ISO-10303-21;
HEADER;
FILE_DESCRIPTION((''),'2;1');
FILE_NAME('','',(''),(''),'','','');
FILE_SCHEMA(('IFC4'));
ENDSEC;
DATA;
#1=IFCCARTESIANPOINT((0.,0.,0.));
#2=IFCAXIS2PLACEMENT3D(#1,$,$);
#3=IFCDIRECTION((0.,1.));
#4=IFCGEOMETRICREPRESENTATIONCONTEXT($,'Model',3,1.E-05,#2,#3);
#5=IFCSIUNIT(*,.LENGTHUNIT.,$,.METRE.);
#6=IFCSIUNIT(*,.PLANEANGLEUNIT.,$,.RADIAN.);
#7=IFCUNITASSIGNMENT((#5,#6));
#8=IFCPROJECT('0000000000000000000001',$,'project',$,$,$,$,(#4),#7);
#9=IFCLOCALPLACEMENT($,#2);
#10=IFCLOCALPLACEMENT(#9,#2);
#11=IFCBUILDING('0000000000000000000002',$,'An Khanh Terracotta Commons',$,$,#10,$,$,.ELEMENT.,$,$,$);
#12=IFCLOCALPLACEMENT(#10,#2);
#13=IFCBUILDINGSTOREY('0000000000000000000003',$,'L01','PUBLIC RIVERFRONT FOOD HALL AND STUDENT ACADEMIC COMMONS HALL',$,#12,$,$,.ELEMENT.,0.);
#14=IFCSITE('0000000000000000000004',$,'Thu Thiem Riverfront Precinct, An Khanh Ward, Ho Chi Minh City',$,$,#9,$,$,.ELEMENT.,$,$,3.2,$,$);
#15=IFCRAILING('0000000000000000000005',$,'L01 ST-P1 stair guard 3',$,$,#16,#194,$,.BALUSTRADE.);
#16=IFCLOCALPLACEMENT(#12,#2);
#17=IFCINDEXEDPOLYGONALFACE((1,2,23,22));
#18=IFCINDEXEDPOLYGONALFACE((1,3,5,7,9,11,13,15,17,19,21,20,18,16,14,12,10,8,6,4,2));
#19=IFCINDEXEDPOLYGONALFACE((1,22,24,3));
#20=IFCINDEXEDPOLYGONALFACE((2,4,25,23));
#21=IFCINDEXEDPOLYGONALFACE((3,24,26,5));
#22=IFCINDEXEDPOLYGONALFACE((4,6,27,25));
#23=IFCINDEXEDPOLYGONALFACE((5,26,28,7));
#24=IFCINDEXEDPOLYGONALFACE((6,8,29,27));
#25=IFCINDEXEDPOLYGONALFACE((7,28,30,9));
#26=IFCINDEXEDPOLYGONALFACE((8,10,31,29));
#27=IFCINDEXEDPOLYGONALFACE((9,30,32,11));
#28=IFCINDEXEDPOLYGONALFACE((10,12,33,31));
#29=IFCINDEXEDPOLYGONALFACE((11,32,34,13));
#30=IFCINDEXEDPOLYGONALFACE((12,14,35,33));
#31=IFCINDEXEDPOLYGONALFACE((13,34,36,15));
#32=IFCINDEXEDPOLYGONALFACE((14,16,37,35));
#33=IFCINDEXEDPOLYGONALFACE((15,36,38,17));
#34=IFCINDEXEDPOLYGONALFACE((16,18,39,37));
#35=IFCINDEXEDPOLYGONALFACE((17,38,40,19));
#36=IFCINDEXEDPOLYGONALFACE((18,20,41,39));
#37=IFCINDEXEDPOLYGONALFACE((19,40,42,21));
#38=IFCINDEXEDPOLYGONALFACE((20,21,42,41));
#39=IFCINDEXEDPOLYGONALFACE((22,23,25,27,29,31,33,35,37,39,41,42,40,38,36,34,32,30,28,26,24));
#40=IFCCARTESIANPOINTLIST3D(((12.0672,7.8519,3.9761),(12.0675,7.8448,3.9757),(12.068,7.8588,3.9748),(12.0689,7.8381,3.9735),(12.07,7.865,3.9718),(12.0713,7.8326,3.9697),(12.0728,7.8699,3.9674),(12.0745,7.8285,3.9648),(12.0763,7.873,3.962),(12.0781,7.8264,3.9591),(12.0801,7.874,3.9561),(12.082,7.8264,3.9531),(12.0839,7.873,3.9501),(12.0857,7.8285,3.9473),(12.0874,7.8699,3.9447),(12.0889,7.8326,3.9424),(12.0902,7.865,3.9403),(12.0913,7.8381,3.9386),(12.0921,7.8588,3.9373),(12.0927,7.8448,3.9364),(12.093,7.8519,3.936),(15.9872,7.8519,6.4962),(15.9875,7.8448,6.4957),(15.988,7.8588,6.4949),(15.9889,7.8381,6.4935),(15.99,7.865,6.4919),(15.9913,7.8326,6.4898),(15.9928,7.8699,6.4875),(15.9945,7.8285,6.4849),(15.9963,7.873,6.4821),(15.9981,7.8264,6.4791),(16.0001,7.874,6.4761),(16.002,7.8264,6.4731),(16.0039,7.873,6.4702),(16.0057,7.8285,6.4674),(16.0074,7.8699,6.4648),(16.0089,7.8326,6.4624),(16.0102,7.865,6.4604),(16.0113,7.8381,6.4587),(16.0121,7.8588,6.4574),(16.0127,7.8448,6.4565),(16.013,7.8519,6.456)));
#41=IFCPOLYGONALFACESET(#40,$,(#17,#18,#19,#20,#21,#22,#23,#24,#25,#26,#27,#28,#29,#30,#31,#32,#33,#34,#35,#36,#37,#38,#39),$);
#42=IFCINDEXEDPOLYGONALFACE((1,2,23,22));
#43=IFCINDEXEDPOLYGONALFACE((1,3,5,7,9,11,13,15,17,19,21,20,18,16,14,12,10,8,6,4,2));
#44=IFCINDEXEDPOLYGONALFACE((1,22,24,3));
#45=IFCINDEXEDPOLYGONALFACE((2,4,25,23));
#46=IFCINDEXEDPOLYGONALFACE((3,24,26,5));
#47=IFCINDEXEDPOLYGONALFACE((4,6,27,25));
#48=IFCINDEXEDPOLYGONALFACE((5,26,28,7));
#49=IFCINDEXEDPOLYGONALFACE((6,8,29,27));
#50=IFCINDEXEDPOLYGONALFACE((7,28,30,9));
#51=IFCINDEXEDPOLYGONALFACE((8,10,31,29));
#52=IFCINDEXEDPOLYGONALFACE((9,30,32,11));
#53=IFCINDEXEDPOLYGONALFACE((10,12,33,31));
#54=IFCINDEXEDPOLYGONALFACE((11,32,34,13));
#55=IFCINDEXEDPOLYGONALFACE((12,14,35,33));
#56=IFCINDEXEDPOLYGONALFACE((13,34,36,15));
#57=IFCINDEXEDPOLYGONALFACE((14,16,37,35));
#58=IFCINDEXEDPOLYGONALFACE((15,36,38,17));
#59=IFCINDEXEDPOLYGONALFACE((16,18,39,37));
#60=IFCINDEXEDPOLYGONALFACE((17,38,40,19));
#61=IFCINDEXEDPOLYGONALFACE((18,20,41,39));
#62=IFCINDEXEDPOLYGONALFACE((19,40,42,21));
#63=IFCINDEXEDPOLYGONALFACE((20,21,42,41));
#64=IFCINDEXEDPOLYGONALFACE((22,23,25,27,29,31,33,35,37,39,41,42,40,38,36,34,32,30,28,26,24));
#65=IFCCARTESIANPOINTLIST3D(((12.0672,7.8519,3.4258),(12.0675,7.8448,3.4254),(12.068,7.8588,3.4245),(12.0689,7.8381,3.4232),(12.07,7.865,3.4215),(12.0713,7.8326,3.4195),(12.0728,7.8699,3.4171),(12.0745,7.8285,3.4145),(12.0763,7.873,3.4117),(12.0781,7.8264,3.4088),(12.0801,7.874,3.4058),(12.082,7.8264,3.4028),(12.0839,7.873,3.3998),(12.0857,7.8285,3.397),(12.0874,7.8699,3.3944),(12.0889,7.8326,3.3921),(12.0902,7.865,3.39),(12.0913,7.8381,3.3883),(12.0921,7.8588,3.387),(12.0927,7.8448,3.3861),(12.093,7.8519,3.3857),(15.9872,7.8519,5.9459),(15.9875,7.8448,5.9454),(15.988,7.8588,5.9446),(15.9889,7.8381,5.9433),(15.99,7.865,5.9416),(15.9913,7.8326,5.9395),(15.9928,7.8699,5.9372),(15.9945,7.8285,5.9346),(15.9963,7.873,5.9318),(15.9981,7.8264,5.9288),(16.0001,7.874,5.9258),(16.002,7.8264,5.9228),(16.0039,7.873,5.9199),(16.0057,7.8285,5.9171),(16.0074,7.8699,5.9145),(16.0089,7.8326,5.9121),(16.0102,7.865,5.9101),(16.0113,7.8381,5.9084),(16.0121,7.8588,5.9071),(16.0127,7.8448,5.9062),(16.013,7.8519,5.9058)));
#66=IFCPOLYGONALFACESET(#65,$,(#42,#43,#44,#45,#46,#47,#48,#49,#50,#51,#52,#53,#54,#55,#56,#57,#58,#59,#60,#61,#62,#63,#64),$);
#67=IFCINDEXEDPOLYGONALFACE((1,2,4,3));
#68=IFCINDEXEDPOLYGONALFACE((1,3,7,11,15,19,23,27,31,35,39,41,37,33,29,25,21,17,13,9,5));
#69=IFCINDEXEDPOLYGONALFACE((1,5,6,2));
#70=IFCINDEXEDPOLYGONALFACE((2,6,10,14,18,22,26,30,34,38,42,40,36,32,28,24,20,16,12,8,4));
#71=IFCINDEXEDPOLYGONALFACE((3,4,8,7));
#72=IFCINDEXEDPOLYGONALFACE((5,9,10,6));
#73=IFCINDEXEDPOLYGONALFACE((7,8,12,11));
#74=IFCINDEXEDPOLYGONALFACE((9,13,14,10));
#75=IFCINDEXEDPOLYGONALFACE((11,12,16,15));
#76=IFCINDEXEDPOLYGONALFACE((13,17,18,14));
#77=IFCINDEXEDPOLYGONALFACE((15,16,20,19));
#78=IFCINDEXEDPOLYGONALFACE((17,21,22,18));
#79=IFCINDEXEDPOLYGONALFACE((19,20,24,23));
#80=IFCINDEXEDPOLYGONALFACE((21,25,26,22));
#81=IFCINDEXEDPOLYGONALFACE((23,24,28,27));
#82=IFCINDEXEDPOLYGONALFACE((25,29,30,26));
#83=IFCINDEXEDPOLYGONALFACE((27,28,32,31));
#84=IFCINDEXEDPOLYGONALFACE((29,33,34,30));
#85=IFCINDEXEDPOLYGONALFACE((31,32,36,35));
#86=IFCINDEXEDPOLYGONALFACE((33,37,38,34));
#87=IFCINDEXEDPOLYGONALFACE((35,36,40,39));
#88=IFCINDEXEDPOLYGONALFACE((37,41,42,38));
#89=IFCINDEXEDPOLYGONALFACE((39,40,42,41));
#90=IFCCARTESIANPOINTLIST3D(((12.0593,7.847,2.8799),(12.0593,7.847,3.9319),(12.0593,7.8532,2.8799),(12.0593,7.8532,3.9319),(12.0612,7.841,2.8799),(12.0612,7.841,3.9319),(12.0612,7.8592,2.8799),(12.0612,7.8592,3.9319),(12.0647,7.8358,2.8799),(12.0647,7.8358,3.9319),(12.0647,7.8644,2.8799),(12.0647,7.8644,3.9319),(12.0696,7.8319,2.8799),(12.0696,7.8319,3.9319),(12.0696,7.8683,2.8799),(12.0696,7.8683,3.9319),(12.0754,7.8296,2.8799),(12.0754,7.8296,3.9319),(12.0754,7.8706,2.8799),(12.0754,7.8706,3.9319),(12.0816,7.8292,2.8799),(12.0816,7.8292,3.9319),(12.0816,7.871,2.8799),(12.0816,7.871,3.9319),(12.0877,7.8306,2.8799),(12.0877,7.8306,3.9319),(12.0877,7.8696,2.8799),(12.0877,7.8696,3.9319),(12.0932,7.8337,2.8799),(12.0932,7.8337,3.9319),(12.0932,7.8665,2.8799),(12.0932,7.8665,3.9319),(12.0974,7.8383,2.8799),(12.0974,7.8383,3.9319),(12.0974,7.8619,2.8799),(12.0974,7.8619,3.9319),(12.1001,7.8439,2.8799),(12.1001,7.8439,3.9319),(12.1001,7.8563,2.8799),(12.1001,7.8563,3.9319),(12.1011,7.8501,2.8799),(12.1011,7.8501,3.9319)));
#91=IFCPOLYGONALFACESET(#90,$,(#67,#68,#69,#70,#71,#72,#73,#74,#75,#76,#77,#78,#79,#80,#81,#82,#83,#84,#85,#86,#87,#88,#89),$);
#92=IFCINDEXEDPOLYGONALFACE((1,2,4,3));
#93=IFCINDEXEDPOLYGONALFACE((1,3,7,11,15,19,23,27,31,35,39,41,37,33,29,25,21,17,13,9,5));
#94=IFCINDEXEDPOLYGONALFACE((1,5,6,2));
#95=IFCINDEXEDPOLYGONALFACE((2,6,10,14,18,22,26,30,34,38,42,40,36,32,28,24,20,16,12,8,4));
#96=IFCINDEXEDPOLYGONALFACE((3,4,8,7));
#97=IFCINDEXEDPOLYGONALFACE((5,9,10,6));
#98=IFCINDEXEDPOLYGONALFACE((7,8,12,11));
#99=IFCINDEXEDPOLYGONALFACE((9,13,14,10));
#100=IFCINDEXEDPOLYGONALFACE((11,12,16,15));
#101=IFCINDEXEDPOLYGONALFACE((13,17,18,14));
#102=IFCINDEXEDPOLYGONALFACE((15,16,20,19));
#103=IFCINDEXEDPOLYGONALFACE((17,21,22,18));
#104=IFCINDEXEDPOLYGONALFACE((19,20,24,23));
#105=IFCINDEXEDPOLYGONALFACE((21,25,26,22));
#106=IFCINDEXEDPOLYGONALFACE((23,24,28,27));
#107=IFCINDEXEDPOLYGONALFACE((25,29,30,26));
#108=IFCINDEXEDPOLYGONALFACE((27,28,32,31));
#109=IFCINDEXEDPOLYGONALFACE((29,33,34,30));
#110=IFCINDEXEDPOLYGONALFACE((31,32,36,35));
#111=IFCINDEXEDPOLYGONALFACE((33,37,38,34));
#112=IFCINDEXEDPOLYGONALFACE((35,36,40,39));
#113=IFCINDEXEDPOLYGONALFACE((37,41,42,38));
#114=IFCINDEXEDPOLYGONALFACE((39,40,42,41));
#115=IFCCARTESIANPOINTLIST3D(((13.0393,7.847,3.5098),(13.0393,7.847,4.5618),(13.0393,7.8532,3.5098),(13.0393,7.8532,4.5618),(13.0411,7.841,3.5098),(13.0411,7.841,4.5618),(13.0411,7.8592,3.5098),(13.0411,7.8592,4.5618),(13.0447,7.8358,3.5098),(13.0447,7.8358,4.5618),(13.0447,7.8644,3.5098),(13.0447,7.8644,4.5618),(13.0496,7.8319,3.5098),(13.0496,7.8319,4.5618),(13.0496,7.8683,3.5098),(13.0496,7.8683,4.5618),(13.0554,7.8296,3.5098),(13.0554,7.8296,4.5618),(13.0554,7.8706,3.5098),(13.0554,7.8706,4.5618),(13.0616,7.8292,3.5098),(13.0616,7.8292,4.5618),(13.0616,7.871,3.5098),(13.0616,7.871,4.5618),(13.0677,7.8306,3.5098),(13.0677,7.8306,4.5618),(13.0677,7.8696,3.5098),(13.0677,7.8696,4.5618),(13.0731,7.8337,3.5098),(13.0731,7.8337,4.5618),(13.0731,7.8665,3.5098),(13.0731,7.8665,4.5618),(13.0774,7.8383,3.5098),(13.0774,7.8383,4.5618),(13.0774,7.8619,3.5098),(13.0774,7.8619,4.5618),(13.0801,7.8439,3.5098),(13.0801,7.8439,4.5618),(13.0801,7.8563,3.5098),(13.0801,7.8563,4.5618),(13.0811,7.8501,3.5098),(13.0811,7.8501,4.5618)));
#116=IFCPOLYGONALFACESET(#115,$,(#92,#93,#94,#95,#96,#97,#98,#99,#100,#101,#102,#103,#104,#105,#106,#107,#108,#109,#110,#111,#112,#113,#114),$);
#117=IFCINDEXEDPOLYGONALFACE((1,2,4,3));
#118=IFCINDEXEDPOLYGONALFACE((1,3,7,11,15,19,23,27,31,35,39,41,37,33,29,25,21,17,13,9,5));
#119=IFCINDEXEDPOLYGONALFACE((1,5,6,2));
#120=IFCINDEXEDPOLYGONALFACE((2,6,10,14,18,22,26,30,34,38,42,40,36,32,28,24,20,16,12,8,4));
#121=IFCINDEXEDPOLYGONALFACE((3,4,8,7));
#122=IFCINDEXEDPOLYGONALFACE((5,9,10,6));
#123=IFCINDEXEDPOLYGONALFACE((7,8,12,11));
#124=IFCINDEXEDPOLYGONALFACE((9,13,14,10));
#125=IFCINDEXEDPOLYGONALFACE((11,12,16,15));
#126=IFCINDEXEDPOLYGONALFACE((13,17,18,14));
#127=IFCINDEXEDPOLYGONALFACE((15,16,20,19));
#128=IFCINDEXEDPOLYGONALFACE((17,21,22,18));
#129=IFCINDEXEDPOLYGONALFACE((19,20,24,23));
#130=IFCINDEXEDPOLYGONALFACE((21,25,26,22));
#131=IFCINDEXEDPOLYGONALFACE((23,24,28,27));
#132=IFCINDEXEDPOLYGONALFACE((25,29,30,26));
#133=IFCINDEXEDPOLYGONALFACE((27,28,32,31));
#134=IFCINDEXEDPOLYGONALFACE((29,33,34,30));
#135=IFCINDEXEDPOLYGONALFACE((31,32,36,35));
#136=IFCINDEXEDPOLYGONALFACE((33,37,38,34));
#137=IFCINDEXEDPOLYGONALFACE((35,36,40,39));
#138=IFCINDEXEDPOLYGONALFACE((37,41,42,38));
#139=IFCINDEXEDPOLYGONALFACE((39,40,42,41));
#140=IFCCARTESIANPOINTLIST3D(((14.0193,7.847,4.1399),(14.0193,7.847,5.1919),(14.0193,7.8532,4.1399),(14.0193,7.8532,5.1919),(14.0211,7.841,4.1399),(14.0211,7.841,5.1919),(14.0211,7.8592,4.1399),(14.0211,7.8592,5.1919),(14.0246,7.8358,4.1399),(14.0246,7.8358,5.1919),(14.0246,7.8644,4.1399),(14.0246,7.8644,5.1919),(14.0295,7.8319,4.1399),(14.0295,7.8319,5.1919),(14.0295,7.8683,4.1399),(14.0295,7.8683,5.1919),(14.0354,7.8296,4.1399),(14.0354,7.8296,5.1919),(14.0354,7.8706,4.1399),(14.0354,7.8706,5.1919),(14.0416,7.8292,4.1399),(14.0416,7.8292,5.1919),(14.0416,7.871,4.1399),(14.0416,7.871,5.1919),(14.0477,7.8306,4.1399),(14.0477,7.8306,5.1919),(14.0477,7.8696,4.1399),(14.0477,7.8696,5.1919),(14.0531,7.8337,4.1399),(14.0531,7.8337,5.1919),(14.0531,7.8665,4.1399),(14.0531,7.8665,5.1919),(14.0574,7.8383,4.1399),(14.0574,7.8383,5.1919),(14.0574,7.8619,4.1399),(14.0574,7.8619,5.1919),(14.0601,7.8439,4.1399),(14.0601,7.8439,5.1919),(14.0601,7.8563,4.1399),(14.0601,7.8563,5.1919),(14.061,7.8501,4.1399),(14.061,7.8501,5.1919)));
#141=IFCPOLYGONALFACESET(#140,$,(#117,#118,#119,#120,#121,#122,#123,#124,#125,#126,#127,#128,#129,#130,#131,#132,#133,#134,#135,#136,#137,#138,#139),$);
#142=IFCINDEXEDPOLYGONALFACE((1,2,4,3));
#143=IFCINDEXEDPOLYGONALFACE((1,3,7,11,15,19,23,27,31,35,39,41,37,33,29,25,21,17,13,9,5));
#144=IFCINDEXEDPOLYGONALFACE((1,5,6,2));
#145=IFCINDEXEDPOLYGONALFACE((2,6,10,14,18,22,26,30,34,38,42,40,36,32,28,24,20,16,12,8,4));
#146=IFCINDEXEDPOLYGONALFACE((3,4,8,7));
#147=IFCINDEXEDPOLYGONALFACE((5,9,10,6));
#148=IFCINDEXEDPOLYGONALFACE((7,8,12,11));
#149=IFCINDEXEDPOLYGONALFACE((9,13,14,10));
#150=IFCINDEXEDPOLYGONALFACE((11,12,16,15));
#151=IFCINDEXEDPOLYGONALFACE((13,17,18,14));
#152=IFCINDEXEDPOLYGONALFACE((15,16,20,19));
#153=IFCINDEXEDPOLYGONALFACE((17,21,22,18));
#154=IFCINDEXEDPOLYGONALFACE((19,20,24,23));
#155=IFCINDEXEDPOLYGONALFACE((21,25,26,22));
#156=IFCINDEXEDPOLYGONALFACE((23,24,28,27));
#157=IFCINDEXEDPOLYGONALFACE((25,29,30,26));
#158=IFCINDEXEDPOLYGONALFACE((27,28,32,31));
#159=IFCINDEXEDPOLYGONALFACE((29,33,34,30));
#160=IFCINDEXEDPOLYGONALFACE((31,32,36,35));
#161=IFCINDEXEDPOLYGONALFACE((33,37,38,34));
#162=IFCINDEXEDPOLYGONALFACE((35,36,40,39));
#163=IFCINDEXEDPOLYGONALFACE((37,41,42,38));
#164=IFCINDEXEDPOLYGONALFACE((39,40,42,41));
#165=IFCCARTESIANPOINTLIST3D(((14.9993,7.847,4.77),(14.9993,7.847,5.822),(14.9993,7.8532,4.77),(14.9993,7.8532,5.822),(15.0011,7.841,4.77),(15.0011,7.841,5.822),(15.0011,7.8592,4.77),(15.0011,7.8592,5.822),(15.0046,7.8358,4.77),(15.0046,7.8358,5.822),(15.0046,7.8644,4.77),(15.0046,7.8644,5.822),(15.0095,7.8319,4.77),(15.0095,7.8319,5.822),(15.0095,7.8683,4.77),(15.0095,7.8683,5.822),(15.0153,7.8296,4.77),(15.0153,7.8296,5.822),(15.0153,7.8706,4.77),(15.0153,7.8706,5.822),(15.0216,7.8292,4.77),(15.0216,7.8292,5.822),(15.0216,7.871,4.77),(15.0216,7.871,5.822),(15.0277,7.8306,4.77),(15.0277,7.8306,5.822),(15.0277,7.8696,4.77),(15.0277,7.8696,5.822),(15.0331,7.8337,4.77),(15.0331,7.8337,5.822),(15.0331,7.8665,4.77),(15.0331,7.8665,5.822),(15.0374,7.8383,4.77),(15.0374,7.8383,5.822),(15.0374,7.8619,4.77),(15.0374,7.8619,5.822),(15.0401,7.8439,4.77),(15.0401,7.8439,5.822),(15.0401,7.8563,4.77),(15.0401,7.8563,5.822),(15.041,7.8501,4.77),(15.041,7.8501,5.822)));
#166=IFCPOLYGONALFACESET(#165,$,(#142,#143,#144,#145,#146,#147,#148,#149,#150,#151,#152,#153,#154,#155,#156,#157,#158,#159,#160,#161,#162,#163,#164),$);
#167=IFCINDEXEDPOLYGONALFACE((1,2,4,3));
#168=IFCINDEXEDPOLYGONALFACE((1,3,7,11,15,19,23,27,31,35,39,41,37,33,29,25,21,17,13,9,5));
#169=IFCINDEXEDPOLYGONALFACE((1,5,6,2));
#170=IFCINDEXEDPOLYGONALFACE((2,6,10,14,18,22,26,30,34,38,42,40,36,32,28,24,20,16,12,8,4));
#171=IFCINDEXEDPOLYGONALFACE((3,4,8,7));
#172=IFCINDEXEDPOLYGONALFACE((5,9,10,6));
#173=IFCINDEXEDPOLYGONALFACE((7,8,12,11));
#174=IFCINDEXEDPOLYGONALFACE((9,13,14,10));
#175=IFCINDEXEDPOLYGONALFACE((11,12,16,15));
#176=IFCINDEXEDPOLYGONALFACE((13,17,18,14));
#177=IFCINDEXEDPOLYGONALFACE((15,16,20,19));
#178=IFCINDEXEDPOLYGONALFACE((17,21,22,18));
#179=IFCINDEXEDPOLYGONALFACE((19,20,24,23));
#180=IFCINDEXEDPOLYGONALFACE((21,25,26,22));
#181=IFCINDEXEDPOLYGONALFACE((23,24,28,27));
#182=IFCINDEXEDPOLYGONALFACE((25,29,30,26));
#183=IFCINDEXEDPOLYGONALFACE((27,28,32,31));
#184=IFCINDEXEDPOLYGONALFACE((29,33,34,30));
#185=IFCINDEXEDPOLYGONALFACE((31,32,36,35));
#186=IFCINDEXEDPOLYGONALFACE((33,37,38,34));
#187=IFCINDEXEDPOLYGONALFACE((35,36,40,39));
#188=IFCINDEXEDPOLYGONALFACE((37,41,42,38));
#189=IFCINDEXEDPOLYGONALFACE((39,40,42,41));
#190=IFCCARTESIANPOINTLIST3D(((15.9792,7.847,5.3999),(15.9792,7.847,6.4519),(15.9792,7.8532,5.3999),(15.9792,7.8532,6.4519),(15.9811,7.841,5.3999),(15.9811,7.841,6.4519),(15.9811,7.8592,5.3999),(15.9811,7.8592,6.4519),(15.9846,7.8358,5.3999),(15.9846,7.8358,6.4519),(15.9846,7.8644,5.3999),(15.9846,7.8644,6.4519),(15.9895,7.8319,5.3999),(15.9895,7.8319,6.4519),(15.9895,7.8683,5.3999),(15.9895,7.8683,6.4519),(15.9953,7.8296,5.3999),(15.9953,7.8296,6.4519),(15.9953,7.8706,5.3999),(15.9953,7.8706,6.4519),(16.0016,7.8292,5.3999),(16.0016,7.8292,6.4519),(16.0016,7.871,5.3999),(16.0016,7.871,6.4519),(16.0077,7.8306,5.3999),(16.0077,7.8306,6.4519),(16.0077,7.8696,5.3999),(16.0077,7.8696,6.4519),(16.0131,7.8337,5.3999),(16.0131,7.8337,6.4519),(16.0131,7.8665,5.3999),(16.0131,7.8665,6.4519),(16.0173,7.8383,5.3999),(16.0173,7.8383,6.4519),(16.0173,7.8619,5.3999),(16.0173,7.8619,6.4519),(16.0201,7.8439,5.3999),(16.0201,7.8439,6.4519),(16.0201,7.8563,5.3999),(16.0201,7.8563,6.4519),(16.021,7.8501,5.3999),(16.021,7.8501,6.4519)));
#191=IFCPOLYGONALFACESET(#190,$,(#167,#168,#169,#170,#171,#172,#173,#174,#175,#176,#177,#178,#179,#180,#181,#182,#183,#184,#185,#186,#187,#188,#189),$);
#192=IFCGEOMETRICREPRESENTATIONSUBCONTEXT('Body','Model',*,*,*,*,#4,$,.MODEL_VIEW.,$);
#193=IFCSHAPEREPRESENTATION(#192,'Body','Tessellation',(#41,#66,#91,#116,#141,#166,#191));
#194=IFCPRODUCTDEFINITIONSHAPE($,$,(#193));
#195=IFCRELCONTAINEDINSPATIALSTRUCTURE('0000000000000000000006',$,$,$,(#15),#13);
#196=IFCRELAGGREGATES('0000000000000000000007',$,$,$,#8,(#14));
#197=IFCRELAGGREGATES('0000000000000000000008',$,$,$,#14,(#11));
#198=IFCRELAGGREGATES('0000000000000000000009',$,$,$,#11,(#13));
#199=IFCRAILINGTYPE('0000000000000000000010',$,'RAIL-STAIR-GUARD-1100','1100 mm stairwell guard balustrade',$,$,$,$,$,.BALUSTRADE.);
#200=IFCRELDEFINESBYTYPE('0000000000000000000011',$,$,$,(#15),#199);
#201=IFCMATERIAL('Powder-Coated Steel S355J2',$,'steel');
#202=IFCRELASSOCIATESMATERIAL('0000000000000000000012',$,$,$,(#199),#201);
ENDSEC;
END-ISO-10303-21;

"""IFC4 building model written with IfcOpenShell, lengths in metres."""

from ifc_helpers import new_model, si_unit, direction, frame, origin, origin_2d, place, context, subcontext, project, spatial, circle, extrude, material, type_object, element, save


model = new_model("IFC4")

# Units and contexts
model_context = context("Model", 3, precision=1e-05, world=origin(), true_north=direction((0.0, 1.0)))
body_context = subcontext(model_context, "Body", "Model", "MODEL_VIEW")
ifc_project = project(units=[si_unit("LENGTHUNIT", "METRE"), si_unit("PLANEANGLEUNIT", "RADIAN")], contexts=[model_context])

# Site, building, storey
site_placement = place(None, origin())
site = spatial("IfcSite", under=ifc_project, at=site_placement, Name="Thu Thiem Riverfront Precinct, An Khanh Ward, Ho Chi Minh City", CompositionType="ELEMENT", RefElevation=3.2)
building_placement = place(site_placement, origin())
building = spatial("IfcBuilding", under=site, at=building_placement, Name="An Khanh Terracotta Commons", CompositionType="ELEMENT")
storey_placement = place(building_placement, origin())
storey = spatial("IfcBuildingStorey", under=building, at=storey_placement, Name="L01", Description="PUBLIC RIVERFRONT FOOD HALL AND STUDENT ACADEMIC COMMONS HALL", CompositionType="ELEMENT", Elevation=0.0)

# Railing
ifc_material_1 = material(Name="Powder-Coated Steel S355J2", Category="steel")
railing_type_1 = type_object("IfcRailingType", Name="RAIL-STAIR-GUARD-1100", Description="1100 mm stairwell guard balustrade", PredefinedType="BALUSTRADE", material=ifc_material_1)
railing_1_placement = place(storey_placement, frame((12.0801, 7.8501, 2.8799)))
element("IfcRailing", 1, at=railing_1_placement, inside=storey, type_object=railing_type_1, Name="L01 ST-P1 stair guard 3", PredefinedType="BALUSTRADE", context=body_context, shape_type="SweptSolid", body=[
    extrude(circle(Radius=0.0239, at=origin_2d()), frame((0.0, 0.0, 1.0762), z_axis=(0.841172, 0.0, 0.540768), x_axis=(0.0, 1.0, 0.0)), (0.0, 0.0, 1.0), 4.6602),
    extrude(circle(Radius=0.0239, at=origin_2d()), frame((0.0, 0.0, 0.5259), z_axis=(0.841172, 0.0, 0.540768), x_axis=(0.0, 1.0, 0.0)), (0.0, 0.0, 1.0), 4.6602),
    extrude(circle(Radius=0.021, at=origin_2d()), origin(), (0.0, 0.0, 1.0), 1.052),
    extrude(circle(Radius=0.021, at=origin_2d()), frame((0.98, 0.0, 0.6299)), (0.0, 0.0, 1.0), 1.052),
    extrude(circle(Radius=0.021, at=origin_2d()), frame((1.96, 0.0, 1.26)), (0.0, 0.0, 1.0), 1.052),
    extrude(circle(Radius=0.021, at=origin_2d()), frame((2.9399, 0.0, 1.8901)), (0.0, 0.0, 1.0), 1.052),
    extrude(circle(Radius=0.021, at=origin_2d()), frame((3.9199, 0.0, 2.52)), (0.0, 0.0, 1.0), 1.052),
])

save(model, "model.ifc")
